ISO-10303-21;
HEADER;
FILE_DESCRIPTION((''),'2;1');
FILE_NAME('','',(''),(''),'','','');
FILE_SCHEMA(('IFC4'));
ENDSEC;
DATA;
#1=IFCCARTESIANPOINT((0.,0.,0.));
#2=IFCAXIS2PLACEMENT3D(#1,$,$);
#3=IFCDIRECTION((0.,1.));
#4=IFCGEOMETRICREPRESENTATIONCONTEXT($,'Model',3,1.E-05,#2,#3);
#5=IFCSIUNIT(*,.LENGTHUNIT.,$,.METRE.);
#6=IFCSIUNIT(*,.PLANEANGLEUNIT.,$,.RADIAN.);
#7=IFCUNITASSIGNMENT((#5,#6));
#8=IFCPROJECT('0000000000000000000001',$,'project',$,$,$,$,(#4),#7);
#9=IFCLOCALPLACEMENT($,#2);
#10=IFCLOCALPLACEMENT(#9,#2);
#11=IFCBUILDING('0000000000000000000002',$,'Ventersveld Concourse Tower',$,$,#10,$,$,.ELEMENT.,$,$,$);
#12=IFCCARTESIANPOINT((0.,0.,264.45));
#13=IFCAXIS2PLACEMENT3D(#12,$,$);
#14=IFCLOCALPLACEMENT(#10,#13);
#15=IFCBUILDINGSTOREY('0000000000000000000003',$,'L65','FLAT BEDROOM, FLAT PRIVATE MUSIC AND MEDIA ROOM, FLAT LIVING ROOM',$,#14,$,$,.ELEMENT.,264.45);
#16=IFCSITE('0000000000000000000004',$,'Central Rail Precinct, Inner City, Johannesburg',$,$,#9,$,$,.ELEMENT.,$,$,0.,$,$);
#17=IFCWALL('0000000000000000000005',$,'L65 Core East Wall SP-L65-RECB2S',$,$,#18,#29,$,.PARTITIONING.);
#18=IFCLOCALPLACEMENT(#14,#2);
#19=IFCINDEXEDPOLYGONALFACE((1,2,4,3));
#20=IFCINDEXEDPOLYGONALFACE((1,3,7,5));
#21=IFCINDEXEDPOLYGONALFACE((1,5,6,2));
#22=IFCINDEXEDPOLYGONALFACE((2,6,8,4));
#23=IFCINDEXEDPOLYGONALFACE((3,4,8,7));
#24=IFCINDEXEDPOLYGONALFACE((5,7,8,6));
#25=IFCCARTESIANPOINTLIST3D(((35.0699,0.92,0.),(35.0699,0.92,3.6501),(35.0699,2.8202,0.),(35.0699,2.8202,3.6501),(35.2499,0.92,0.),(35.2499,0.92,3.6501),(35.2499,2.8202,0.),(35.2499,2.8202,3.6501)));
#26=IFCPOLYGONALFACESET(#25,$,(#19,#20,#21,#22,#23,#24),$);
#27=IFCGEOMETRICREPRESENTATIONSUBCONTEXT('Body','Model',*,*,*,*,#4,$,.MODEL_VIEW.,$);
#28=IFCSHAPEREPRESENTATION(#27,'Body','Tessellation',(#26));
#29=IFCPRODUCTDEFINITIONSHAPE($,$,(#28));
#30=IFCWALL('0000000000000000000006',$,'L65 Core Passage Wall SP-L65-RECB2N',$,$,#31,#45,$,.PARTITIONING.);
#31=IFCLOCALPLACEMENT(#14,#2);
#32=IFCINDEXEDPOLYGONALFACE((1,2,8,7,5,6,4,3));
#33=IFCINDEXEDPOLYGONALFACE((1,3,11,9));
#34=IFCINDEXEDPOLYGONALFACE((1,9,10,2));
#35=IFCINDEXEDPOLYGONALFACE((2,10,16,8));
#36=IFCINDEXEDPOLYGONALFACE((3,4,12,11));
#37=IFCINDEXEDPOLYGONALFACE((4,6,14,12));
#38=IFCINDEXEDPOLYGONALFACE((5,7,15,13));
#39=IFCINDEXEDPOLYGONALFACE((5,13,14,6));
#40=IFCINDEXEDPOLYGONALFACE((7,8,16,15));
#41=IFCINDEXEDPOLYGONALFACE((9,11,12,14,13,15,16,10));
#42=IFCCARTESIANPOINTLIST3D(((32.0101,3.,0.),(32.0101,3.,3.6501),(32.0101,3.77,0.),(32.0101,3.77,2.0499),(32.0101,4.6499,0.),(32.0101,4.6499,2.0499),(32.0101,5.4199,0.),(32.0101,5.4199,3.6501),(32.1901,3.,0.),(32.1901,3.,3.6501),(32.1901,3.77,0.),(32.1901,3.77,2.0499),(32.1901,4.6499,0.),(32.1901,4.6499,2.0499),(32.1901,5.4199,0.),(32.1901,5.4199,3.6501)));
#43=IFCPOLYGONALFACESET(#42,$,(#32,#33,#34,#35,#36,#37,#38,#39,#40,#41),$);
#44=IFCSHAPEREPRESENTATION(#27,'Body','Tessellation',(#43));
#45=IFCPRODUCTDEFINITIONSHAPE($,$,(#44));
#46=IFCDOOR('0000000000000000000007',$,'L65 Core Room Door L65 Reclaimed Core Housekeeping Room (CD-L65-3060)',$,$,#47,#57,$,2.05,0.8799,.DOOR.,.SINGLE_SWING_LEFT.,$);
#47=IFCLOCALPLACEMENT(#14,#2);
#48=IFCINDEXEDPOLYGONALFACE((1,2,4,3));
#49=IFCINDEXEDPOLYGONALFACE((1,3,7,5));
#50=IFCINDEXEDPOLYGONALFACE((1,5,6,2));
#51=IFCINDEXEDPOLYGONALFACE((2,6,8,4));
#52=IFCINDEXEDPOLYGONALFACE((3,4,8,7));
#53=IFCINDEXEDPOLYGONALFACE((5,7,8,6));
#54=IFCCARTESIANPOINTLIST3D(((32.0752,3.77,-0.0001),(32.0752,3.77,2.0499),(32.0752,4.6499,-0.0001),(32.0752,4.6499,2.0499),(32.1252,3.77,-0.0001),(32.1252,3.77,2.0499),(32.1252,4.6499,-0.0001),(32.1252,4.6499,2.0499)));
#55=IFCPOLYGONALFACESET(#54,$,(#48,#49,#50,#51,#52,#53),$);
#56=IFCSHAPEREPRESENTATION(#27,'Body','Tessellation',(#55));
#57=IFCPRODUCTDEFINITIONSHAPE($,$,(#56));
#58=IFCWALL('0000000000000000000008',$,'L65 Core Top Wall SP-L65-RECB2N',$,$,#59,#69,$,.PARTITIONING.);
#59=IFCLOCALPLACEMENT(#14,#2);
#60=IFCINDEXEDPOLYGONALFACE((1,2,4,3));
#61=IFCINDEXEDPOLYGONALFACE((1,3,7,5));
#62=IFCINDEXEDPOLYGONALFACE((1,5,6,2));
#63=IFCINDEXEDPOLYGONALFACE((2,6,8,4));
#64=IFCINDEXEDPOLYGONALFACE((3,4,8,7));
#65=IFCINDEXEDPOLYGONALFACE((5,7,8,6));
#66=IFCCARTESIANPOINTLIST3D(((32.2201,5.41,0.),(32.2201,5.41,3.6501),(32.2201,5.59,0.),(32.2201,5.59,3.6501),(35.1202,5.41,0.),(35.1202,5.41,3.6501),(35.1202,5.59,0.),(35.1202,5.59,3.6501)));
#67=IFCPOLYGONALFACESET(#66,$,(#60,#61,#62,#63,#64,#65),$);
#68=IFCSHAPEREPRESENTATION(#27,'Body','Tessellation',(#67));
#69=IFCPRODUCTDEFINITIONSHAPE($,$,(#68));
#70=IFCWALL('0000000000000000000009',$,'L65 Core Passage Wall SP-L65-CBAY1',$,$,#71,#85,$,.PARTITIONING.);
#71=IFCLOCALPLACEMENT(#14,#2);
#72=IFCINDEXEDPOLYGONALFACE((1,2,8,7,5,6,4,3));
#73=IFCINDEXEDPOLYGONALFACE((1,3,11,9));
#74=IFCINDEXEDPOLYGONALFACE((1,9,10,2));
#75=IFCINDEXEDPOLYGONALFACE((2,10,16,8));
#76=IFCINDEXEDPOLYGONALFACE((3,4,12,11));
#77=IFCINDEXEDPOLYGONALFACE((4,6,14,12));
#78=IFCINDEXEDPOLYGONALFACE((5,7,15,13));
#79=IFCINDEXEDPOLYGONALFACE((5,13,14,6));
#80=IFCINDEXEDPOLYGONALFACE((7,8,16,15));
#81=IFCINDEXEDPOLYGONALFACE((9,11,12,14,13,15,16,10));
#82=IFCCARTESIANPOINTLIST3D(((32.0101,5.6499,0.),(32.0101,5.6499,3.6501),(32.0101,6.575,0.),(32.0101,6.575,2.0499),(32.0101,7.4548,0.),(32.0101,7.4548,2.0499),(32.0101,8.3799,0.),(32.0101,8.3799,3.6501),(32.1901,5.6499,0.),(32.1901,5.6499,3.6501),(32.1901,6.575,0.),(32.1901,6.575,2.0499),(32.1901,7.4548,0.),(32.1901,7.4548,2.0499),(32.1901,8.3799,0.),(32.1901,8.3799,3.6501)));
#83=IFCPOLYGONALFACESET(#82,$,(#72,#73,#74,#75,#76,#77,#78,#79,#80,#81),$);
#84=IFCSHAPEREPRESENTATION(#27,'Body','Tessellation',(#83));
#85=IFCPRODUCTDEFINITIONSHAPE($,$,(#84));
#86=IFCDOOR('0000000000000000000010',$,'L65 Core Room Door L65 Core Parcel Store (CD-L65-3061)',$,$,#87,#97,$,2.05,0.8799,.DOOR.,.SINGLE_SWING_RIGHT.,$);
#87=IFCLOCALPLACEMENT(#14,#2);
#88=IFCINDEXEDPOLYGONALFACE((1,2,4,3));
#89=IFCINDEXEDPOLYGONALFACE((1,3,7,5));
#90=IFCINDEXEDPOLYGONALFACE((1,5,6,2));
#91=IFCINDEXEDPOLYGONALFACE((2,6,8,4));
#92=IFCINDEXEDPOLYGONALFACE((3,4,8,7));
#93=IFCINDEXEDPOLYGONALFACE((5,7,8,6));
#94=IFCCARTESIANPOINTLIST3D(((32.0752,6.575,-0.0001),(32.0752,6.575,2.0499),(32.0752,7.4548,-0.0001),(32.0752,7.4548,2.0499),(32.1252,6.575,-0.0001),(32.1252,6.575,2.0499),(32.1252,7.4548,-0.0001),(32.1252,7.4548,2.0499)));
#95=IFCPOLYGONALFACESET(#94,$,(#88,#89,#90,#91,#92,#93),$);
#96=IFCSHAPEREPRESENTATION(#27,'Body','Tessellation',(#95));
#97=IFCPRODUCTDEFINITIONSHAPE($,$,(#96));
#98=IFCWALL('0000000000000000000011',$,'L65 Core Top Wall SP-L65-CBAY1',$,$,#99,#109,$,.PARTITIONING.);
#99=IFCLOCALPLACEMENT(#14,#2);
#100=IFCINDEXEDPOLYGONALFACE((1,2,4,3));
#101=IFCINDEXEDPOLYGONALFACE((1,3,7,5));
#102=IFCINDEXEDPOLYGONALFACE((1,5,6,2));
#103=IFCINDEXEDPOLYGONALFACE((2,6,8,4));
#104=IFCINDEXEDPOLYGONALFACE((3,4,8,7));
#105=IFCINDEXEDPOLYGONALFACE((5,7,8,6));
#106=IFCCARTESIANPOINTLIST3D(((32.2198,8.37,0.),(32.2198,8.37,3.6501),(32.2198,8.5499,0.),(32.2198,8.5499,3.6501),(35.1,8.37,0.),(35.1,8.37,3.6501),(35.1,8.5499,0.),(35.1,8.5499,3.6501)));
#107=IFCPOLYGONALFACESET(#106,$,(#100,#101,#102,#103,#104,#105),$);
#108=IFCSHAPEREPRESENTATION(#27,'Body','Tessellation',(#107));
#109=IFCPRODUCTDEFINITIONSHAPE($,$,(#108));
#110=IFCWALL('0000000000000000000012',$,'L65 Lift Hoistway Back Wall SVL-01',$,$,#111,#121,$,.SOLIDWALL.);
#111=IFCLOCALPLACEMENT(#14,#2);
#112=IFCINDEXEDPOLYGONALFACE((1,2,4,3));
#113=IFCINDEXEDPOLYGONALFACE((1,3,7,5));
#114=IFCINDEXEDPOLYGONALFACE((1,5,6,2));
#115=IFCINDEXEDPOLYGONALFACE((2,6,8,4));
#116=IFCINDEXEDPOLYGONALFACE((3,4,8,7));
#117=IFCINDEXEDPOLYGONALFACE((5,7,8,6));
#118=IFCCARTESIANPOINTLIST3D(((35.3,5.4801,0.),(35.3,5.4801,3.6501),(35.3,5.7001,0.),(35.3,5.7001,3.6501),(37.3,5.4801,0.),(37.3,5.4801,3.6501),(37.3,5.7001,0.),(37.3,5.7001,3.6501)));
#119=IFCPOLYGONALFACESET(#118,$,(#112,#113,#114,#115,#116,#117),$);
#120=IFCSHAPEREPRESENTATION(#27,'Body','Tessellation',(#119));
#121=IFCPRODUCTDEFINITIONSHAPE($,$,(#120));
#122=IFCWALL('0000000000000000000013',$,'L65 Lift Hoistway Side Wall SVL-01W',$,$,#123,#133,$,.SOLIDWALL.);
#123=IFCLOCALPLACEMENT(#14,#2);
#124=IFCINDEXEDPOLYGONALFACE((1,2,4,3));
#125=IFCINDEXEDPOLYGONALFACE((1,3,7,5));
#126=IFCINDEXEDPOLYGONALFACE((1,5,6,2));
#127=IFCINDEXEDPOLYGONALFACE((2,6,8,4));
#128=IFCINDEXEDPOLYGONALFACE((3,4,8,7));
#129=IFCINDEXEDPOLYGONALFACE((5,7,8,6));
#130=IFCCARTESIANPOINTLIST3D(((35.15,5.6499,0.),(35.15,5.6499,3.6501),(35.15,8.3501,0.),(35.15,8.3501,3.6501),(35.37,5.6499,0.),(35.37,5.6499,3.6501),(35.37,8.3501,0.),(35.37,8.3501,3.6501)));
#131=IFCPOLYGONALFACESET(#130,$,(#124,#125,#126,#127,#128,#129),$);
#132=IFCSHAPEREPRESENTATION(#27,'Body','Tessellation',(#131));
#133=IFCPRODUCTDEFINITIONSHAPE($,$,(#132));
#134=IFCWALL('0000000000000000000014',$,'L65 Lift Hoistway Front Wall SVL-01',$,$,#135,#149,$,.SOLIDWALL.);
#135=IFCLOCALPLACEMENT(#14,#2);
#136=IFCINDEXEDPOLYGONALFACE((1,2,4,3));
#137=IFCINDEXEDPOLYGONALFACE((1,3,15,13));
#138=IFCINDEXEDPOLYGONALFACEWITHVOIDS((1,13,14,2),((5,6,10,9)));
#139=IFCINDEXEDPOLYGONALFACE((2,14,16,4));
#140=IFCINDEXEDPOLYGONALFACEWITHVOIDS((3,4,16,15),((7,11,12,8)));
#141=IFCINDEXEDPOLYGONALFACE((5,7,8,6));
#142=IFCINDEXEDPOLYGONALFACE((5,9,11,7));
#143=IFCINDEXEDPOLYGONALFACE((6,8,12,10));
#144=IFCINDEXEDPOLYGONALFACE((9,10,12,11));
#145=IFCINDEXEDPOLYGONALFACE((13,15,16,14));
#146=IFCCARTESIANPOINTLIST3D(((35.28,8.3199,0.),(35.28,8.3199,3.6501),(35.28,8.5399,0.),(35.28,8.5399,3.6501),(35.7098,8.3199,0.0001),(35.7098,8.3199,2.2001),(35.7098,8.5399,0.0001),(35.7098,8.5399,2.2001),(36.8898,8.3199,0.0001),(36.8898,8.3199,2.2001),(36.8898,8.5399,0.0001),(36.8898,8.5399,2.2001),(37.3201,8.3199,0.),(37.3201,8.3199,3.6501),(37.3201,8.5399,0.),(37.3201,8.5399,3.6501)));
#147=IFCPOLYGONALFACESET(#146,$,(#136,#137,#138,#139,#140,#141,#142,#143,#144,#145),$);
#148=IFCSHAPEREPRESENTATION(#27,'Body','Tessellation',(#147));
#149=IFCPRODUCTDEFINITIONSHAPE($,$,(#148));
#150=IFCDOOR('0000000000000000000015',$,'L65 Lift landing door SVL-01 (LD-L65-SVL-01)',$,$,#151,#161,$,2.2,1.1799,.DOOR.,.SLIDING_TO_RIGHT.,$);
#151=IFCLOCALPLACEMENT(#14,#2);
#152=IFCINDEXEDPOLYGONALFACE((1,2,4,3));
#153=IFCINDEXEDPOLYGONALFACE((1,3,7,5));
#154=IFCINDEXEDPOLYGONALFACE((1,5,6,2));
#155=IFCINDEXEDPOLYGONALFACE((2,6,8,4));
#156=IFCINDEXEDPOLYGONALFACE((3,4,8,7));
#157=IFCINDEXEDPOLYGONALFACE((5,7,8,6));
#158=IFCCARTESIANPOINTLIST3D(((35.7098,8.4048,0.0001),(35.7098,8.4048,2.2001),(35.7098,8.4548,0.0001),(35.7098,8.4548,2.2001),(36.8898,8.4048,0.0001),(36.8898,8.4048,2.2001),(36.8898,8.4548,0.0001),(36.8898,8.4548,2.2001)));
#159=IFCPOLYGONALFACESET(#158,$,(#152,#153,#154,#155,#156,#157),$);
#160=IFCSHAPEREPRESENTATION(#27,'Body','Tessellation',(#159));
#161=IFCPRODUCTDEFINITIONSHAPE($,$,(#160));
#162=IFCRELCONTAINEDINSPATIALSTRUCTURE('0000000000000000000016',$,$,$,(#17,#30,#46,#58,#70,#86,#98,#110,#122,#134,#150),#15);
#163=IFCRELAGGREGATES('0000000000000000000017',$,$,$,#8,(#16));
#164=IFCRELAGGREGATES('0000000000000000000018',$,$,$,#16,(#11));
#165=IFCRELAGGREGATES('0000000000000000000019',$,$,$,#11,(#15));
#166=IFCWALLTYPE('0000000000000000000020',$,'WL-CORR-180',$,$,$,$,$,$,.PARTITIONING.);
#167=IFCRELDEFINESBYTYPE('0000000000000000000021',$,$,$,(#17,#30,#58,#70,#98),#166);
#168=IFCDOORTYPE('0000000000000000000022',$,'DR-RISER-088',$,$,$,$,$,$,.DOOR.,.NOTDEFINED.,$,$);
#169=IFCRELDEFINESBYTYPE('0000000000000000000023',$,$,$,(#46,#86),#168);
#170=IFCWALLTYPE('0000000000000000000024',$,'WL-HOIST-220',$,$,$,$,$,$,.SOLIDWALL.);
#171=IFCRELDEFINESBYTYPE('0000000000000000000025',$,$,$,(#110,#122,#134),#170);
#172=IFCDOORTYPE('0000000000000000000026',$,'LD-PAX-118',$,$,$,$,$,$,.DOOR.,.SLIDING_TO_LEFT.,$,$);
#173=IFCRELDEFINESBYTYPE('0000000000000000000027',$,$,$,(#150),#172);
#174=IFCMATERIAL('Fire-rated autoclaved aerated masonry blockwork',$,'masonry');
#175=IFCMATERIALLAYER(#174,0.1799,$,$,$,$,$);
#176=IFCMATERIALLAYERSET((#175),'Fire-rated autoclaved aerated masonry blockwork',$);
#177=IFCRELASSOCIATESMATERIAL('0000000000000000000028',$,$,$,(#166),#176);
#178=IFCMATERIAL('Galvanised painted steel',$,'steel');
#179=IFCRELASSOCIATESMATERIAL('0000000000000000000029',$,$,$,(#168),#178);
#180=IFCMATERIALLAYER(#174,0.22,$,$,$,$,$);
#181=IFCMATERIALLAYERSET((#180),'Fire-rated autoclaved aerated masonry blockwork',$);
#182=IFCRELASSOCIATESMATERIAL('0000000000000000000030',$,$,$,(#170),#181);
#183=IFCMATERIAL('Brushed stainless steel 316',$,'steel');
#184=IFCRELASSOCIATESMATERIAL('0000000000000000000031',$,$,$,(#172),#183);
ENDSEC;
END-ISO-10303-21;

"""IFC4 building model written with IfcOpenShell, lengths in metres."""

from ifc_helpers import new_model, si_unit, direction, frame, frame_2d, origin, place, context, subcontext, project, spatial, rectangle, extrude, material, layer, layer_set, type_object, element, fill, save


model = new_model("IFC4")

# Units and contexts
model_context = context("Model", 3, precision=1e-05, world=origin(), true_north=direction((0.0, 1.0)))
body_context = subcontext(model_context, "Body", "Model", "MODEL_VIEW")
ifc_project = project(units=[si_unit("LENGTHUNIT", "METRE"), si_unit("PLANEANGLEUNIT", "RADIAN")], contexts=[model_context])

# Site, building, storey
site_placement = place(None, origin())
site = spatial("IfcSite", under=ifc_project, at=site_placement, Name="Central Rail Precinct, Inner City, Johannesburg", CompositionType="ELEMENT", RefElevation=0.0)
building_placement = place(site_placement, origin())
building = spatial("IfcBuilding", under=site, at=building_placement, Name="Ventersveld Concourse Tower", CompositionType="ELEMENT")
storey_placement = place(building_placement, frame((0.0, 0.0, 264.45)))
storey = spatial("IfcBuildingStorey", under=building, at=storey_placement, Name="L65", Description="FLAT BEDROOM, FLAT PRIVATE MUSIC AND MEDIA ROOM, FLAT LIVING ROOM", CompositionType="ELEMENT", Elevation=264.45)

# Shared definitions
ifc_material_1 = material(Name="Fire-rated autoclaved aerated masonry blockwork", Category="masonry")
ifc_layer_1 = layer(ifc_material_1, 0.1799)
ifc_layer_set_1 = layer_set([ifc_layer_1], Name="Fire-rated autoclaved aerated masonry blockwork")
wall_type_1 = type_object("IfcWallType", Name="WL-CORR-180", PredefinedType="PARTITIONING", material=ifc_layer_set_1)
ifc_material_2 = material(Name="Galvanised painted steel", Category="steel")
door_type_1 = type_object("IfcDoorType", Name="DR-RISER-088", OperationType="NOTDEFINED", PredefinedType="DOOR", material=ifc_material_2)

# Wall
wall_1_placement = place(storey_placement, frame((35.1599, 0.9199, 0.0), z_axis=(0.0, 0.0, 1.0), x_axis=(0.0, 1.0, 0.0)))
element("IfcWall", 1, at=wall_1_placement, inside=storey, type_object=wall_type_1, Name="L65 Core East Wall SP-L65-RECB2S", PredefinedType="PARTITIONING", context=body_context, shape_type="SweptSolid", body=[
    extrude(rectangle(XDim=1.9001, YDim=0.1799, at=frame_2d((0.9502, 0.0))), origin(), (0.0, 0.0, 1.0), 3.6501),
])

# Wall, opening, door
wall_2_placement = place(storey_placement, frame((32.1001, 3.0, 0.0), z_axis=(0.0, 0.0, 1.0), x_axis=(0.0, 1.0, 0.0)))
wall_2 = element("IfcWall", 2, at=wall_2_placement, inside=storey, type_object=wall_type_1, Name="L65 Core Passage Wall SP-L65-RECB2N", PredefinedType="PARTITIONING", context=body_context, shape_type="SweptSolid", body=[
    extrude(rectangle(XDim=2.4199, YDim=0.1799, at=frame_2d((1.21, 0.0))), origin(), (0.0, 0.0, 1.0), 3.6501),
])
opening_1_placement = place(wall_2_placement, frame((0.77, 0.0, 0.0)))
opening_1 = element("IfcOpeningElement", 3, at=opening_1_placement, cuts=wall_2, PredefinedType="OPENING", context=body_context, shape_type="SweptSolid", body=[
    extrude(rectangle(XDim=0.8799, YDim=2.05, at=frame_2d((0.4399, 1.0249))), frame((0.0, 0.1001, 0.0), z_axis=(0.0, -1.0, 0.0), x_axis=(1.0, 0.0, 0.0)), (0.0, 0.0, 1.0), 0.2),
])
door_1_placement = place(opening_1_placement, origin())
door_1 = element("IfcDoor", 4, at=door_1_placement, inside=storey, type_object=door_type_1, Name="L65 Core Room Door L65 Reclaimed Core Housekeeping Room (CD-L65-3060)", OperationType="SINGLE_SWING_LEFT", OverallHeight=2.05, OverallWidth=0.8799, PredefinedType="DOOR", context=body_context, shape_type="SweptSolid", body=[
    extrude(rectangle(XDim=0.8799, YDim=2.05, at=frame_2d((0.4399, 1.0249))), frame((0.0, 0.0249, 0.0), z_axis=(0.0, -1.0, 0.0), x_axis=(1.0, 0.0, 0.0)), (0.0, 0.0, 1.0), 0.05),
])
fill(opening_1, door_1)

# Wall
wall_3_placement = place(storey_placement, frame((32.22, 5.5, 0.0), z_axis=(0.0, 0.0, 1.0), x_axis=(1.0, 0.0, 0.0)))
element("IfcWall", 5, at=wall_3_placement, inside=storey, type_object=wall_type_1, Name="L65 Core Top Wall SP-L65-RECB2N", PredefinedType="PARTITIONING", context=body_context, shape_type="SweptSolid", body=[
    extrude(rectangle(XDim=2.9001, YDim=0.1799, at=frame_2d((1.4502, 0.0))), origin(), (0.0, 0.0, 1.0), 3.6501),
])

# Wall, opening, door
wall_4_placement = place(storey_placement, frame((32.1001, 5.6499, 0.0), z_axis=(0.0, 0.0, 1.0), x_axis=(0.0, 1.0, 0.0)))
wall_4 = element("IfcWall", 6, at=wall_4_placement, inside=storey, type_object=wall_type_1, Name="L65 Core Passage Wall SP-L65-CBAY1", PredefinedType="PARTITIONING", context=body_context, shape_type="SweptSolid", body=[
    extrude(rectangle(XDim=2.73, YDim=0.1799, at=frame_2d((1.365, 0.0))), origin(), (0.0, 0.0, 1.0), 3.6501),
])
opening_2_placement = place(wall_4_placement, frame((0.925, 0.0, 0.0)))
opening_2 = element("IfcOpeningElement", 7, at=opening_2_placement, cuts=wall_4, PredefinedType="OPENING", context=body_context, shape_type="SweptSolid", body=[
    extrude(rectangle(XDim=0.8799, YDim=2.05, at=frame_2d((0.4399, 1.0249))), frame((0.0, 0.1001, 0.0), z_axis=(0.0, -1.0, 0.0), x_axis=(1.0, 0.0, 0.0)), (0.0, 0.0, 1.0), 0.2),
])
door_2_placement = place(opening_2_placement, origin())
door_2 = element("IfcDoor", 8, at=door_2_placement, inside=storey, type_object=door_type_1, Name="L65 Core Room Door L65 Core Parcel Store (CD-L65-3061)", OperationType="SINGLE_SWING_RIGHT", OverallHeight=2.05, OverallWidth=0.8799, PredefinedType="DOOR", context=body_context, shape_type="SweptSolid", body=[
    extrude(rectangle(XDim=0.8799, YDim=2.05, at=frame_2d((0.4399, 1.0249))), frame((0.0, 0.0249, 0.0), z_axis=(0.0, -1.0, 0.0), x_axis=(1.0, 0.0, 0.0)), (0.0, 0.0, 1.0), 0.05),
])
fill(opening_2, door_2)

# Walls
wall_5_placement = place(storey_placement, frame((32.22, 8.46, 0.0), z_axis=(0.0, 0.0, 1.0), x_axis=(1.0, 0.0, 0.0)))
element("IfcWall", 9, at=wall_5_placement, inside=storey, type_object=wall_type_1, Name="L65 Core Top Wall SP-L65-CBAY1", PredefinedType="PARTITIONING", context=body_context, shape_type="SweptSolid", body=[
    extrude(rectangle(XDim=2.8801, YDim=0.1799, at=frame_2d((1.4399, 0.0))), origin(), (0.0, 0.0, 1.0), 3.6501),
])
ifc_layer_2 = layer(ifc_material_1, 0.22)
ifc_layer_set_2 = layer_set([ifc_layer_2], Name="Fire-rated autoclaved aerated masonry blockwork")
wall_type_2 = type_object("IfcWallType", Name="WL-HOIST-220", PredefinedType="SOLIDWALL", material=ifc_layer_set_2)
wall_6_placement = place(storey_placement, frame((35.3, 5.5901, 0.0), z_axis=(0.0, 0.0, 1.0), x_axis=(1.0, 0.0, 0.0)))
element("IfcWall", 10, at=wall_6_placement, inside=storey, type_object=wall_type_2, Name="L65 Lift Hoistway Back Wall SVL-01", PredefinedType="SOLIDWALL", context=body_context, shape_type="SweptSolid", body=[
    extrude(rectangle(XDim=2.0, YDim=0.22, at=frame_2d((1.0, 0.0))), origin(), (0.0, 0.0, 1.0), 3.6501),
])
wall_7_placement = place(storey_placement, frame((35.26, 5.6499, 0.0), z_axis=(0.0, 0.0, 1.0), x_axis=(0.0, 1.0, 0.0)))
element("IfcWall", 11, at=wall_7_placement, inside=storey, type_object=wall_type_2, Name="L65 Lift Hoistway Side Wall SVL-01W", PredefinedType="SOLIDWALL", context=body_context, shape_type="SweptSolid", body=[
    extrude(rectangle(XDim=2.7002, YDim=0.22, at=frame_2d((1.3501, 0.0))), origin(), (0.0, 0.0, 1.0), 3.6501),
])

# Wall, opening, door
wall_8_placement = place(storey_placement, frame((35.28, 8.4299, 0.0), z_axis=(0.0, 0.0, 1.0), x_axis=(1.0, 0.0, 0.0)))
wall_8 = element("IfcWall", 12, at=wall_8_placement, inside=storey, type_object=wall_type_2, Name="L65 Lift Hoistway Front Wall SVL-01", PredefinedType="SOLIDWALL", context=body_context, shape_type="SweptSolid", body=[
    extrude(rectangle(XDim=2.04, YDim=0.22, at=frame_2d((1.02, 0.0))), origin(), (0.0, 0.0, 1.0), 3.6501),
])
opening_3_placement = place(wall_8_placement, frame((0.4299, 0.0, 0.0)))
opening_3 = element("IfcOpeningElement", 13, at=opening_3_placement, cuts=wall_8, PredefinedType="OPENING", context=body_context, shape_type="SweptSolid", body=[
    extrude(rectangle(XDim=1.1799, YDim=2.2, at=frame_2d((0.5898, 1.1001))), frame((0.0, 0.1201, 0.0), z_axis=(0.0, -1.0, 0.0), x_axis=(1.0, 0.0, 0.0)), (0.0, 0.0, 1.0), 0.24),
])
ifc_material_3 = material(Name="Brushed stainless steel 316", Category="steel")
door_type_2 = type_object("IfcDoorType", Name="LD-PAX-118", OperationType="SLIDING_TO_LEFT", PredefinedType="DOOR", material=ifc_material_3)
door_3_placement = place(opening_3_placement, origin())
door_3 = element("IfcDoor", 14, at=door_3_placement, inside=storey, type_object=door_type_2, Name="L65 Lift landing door SVL-01 (LD-L65-SVL-01)", OperationType="SLIDING_TO_RIGHT", OverallHeight=2.2, OverallWidth=1.1799, PredefinedType="DOOR", context=body_context, shape_type="SweptSolid", body=[
    extrude(rectangle(XDim=1.1799, YDim=2.2, at=frame_2d((0.5898, 1.1001))), frame((0.0, 0.0249, 0.0), z_axis=(0.0, -1.0, 0.0), x_axis=(1.0, 0.0, 0.0)), (0.0, 0.0, 1.0), 0.05),
])
fill(opening_3, door_3)

save(model, "model.ifc")
